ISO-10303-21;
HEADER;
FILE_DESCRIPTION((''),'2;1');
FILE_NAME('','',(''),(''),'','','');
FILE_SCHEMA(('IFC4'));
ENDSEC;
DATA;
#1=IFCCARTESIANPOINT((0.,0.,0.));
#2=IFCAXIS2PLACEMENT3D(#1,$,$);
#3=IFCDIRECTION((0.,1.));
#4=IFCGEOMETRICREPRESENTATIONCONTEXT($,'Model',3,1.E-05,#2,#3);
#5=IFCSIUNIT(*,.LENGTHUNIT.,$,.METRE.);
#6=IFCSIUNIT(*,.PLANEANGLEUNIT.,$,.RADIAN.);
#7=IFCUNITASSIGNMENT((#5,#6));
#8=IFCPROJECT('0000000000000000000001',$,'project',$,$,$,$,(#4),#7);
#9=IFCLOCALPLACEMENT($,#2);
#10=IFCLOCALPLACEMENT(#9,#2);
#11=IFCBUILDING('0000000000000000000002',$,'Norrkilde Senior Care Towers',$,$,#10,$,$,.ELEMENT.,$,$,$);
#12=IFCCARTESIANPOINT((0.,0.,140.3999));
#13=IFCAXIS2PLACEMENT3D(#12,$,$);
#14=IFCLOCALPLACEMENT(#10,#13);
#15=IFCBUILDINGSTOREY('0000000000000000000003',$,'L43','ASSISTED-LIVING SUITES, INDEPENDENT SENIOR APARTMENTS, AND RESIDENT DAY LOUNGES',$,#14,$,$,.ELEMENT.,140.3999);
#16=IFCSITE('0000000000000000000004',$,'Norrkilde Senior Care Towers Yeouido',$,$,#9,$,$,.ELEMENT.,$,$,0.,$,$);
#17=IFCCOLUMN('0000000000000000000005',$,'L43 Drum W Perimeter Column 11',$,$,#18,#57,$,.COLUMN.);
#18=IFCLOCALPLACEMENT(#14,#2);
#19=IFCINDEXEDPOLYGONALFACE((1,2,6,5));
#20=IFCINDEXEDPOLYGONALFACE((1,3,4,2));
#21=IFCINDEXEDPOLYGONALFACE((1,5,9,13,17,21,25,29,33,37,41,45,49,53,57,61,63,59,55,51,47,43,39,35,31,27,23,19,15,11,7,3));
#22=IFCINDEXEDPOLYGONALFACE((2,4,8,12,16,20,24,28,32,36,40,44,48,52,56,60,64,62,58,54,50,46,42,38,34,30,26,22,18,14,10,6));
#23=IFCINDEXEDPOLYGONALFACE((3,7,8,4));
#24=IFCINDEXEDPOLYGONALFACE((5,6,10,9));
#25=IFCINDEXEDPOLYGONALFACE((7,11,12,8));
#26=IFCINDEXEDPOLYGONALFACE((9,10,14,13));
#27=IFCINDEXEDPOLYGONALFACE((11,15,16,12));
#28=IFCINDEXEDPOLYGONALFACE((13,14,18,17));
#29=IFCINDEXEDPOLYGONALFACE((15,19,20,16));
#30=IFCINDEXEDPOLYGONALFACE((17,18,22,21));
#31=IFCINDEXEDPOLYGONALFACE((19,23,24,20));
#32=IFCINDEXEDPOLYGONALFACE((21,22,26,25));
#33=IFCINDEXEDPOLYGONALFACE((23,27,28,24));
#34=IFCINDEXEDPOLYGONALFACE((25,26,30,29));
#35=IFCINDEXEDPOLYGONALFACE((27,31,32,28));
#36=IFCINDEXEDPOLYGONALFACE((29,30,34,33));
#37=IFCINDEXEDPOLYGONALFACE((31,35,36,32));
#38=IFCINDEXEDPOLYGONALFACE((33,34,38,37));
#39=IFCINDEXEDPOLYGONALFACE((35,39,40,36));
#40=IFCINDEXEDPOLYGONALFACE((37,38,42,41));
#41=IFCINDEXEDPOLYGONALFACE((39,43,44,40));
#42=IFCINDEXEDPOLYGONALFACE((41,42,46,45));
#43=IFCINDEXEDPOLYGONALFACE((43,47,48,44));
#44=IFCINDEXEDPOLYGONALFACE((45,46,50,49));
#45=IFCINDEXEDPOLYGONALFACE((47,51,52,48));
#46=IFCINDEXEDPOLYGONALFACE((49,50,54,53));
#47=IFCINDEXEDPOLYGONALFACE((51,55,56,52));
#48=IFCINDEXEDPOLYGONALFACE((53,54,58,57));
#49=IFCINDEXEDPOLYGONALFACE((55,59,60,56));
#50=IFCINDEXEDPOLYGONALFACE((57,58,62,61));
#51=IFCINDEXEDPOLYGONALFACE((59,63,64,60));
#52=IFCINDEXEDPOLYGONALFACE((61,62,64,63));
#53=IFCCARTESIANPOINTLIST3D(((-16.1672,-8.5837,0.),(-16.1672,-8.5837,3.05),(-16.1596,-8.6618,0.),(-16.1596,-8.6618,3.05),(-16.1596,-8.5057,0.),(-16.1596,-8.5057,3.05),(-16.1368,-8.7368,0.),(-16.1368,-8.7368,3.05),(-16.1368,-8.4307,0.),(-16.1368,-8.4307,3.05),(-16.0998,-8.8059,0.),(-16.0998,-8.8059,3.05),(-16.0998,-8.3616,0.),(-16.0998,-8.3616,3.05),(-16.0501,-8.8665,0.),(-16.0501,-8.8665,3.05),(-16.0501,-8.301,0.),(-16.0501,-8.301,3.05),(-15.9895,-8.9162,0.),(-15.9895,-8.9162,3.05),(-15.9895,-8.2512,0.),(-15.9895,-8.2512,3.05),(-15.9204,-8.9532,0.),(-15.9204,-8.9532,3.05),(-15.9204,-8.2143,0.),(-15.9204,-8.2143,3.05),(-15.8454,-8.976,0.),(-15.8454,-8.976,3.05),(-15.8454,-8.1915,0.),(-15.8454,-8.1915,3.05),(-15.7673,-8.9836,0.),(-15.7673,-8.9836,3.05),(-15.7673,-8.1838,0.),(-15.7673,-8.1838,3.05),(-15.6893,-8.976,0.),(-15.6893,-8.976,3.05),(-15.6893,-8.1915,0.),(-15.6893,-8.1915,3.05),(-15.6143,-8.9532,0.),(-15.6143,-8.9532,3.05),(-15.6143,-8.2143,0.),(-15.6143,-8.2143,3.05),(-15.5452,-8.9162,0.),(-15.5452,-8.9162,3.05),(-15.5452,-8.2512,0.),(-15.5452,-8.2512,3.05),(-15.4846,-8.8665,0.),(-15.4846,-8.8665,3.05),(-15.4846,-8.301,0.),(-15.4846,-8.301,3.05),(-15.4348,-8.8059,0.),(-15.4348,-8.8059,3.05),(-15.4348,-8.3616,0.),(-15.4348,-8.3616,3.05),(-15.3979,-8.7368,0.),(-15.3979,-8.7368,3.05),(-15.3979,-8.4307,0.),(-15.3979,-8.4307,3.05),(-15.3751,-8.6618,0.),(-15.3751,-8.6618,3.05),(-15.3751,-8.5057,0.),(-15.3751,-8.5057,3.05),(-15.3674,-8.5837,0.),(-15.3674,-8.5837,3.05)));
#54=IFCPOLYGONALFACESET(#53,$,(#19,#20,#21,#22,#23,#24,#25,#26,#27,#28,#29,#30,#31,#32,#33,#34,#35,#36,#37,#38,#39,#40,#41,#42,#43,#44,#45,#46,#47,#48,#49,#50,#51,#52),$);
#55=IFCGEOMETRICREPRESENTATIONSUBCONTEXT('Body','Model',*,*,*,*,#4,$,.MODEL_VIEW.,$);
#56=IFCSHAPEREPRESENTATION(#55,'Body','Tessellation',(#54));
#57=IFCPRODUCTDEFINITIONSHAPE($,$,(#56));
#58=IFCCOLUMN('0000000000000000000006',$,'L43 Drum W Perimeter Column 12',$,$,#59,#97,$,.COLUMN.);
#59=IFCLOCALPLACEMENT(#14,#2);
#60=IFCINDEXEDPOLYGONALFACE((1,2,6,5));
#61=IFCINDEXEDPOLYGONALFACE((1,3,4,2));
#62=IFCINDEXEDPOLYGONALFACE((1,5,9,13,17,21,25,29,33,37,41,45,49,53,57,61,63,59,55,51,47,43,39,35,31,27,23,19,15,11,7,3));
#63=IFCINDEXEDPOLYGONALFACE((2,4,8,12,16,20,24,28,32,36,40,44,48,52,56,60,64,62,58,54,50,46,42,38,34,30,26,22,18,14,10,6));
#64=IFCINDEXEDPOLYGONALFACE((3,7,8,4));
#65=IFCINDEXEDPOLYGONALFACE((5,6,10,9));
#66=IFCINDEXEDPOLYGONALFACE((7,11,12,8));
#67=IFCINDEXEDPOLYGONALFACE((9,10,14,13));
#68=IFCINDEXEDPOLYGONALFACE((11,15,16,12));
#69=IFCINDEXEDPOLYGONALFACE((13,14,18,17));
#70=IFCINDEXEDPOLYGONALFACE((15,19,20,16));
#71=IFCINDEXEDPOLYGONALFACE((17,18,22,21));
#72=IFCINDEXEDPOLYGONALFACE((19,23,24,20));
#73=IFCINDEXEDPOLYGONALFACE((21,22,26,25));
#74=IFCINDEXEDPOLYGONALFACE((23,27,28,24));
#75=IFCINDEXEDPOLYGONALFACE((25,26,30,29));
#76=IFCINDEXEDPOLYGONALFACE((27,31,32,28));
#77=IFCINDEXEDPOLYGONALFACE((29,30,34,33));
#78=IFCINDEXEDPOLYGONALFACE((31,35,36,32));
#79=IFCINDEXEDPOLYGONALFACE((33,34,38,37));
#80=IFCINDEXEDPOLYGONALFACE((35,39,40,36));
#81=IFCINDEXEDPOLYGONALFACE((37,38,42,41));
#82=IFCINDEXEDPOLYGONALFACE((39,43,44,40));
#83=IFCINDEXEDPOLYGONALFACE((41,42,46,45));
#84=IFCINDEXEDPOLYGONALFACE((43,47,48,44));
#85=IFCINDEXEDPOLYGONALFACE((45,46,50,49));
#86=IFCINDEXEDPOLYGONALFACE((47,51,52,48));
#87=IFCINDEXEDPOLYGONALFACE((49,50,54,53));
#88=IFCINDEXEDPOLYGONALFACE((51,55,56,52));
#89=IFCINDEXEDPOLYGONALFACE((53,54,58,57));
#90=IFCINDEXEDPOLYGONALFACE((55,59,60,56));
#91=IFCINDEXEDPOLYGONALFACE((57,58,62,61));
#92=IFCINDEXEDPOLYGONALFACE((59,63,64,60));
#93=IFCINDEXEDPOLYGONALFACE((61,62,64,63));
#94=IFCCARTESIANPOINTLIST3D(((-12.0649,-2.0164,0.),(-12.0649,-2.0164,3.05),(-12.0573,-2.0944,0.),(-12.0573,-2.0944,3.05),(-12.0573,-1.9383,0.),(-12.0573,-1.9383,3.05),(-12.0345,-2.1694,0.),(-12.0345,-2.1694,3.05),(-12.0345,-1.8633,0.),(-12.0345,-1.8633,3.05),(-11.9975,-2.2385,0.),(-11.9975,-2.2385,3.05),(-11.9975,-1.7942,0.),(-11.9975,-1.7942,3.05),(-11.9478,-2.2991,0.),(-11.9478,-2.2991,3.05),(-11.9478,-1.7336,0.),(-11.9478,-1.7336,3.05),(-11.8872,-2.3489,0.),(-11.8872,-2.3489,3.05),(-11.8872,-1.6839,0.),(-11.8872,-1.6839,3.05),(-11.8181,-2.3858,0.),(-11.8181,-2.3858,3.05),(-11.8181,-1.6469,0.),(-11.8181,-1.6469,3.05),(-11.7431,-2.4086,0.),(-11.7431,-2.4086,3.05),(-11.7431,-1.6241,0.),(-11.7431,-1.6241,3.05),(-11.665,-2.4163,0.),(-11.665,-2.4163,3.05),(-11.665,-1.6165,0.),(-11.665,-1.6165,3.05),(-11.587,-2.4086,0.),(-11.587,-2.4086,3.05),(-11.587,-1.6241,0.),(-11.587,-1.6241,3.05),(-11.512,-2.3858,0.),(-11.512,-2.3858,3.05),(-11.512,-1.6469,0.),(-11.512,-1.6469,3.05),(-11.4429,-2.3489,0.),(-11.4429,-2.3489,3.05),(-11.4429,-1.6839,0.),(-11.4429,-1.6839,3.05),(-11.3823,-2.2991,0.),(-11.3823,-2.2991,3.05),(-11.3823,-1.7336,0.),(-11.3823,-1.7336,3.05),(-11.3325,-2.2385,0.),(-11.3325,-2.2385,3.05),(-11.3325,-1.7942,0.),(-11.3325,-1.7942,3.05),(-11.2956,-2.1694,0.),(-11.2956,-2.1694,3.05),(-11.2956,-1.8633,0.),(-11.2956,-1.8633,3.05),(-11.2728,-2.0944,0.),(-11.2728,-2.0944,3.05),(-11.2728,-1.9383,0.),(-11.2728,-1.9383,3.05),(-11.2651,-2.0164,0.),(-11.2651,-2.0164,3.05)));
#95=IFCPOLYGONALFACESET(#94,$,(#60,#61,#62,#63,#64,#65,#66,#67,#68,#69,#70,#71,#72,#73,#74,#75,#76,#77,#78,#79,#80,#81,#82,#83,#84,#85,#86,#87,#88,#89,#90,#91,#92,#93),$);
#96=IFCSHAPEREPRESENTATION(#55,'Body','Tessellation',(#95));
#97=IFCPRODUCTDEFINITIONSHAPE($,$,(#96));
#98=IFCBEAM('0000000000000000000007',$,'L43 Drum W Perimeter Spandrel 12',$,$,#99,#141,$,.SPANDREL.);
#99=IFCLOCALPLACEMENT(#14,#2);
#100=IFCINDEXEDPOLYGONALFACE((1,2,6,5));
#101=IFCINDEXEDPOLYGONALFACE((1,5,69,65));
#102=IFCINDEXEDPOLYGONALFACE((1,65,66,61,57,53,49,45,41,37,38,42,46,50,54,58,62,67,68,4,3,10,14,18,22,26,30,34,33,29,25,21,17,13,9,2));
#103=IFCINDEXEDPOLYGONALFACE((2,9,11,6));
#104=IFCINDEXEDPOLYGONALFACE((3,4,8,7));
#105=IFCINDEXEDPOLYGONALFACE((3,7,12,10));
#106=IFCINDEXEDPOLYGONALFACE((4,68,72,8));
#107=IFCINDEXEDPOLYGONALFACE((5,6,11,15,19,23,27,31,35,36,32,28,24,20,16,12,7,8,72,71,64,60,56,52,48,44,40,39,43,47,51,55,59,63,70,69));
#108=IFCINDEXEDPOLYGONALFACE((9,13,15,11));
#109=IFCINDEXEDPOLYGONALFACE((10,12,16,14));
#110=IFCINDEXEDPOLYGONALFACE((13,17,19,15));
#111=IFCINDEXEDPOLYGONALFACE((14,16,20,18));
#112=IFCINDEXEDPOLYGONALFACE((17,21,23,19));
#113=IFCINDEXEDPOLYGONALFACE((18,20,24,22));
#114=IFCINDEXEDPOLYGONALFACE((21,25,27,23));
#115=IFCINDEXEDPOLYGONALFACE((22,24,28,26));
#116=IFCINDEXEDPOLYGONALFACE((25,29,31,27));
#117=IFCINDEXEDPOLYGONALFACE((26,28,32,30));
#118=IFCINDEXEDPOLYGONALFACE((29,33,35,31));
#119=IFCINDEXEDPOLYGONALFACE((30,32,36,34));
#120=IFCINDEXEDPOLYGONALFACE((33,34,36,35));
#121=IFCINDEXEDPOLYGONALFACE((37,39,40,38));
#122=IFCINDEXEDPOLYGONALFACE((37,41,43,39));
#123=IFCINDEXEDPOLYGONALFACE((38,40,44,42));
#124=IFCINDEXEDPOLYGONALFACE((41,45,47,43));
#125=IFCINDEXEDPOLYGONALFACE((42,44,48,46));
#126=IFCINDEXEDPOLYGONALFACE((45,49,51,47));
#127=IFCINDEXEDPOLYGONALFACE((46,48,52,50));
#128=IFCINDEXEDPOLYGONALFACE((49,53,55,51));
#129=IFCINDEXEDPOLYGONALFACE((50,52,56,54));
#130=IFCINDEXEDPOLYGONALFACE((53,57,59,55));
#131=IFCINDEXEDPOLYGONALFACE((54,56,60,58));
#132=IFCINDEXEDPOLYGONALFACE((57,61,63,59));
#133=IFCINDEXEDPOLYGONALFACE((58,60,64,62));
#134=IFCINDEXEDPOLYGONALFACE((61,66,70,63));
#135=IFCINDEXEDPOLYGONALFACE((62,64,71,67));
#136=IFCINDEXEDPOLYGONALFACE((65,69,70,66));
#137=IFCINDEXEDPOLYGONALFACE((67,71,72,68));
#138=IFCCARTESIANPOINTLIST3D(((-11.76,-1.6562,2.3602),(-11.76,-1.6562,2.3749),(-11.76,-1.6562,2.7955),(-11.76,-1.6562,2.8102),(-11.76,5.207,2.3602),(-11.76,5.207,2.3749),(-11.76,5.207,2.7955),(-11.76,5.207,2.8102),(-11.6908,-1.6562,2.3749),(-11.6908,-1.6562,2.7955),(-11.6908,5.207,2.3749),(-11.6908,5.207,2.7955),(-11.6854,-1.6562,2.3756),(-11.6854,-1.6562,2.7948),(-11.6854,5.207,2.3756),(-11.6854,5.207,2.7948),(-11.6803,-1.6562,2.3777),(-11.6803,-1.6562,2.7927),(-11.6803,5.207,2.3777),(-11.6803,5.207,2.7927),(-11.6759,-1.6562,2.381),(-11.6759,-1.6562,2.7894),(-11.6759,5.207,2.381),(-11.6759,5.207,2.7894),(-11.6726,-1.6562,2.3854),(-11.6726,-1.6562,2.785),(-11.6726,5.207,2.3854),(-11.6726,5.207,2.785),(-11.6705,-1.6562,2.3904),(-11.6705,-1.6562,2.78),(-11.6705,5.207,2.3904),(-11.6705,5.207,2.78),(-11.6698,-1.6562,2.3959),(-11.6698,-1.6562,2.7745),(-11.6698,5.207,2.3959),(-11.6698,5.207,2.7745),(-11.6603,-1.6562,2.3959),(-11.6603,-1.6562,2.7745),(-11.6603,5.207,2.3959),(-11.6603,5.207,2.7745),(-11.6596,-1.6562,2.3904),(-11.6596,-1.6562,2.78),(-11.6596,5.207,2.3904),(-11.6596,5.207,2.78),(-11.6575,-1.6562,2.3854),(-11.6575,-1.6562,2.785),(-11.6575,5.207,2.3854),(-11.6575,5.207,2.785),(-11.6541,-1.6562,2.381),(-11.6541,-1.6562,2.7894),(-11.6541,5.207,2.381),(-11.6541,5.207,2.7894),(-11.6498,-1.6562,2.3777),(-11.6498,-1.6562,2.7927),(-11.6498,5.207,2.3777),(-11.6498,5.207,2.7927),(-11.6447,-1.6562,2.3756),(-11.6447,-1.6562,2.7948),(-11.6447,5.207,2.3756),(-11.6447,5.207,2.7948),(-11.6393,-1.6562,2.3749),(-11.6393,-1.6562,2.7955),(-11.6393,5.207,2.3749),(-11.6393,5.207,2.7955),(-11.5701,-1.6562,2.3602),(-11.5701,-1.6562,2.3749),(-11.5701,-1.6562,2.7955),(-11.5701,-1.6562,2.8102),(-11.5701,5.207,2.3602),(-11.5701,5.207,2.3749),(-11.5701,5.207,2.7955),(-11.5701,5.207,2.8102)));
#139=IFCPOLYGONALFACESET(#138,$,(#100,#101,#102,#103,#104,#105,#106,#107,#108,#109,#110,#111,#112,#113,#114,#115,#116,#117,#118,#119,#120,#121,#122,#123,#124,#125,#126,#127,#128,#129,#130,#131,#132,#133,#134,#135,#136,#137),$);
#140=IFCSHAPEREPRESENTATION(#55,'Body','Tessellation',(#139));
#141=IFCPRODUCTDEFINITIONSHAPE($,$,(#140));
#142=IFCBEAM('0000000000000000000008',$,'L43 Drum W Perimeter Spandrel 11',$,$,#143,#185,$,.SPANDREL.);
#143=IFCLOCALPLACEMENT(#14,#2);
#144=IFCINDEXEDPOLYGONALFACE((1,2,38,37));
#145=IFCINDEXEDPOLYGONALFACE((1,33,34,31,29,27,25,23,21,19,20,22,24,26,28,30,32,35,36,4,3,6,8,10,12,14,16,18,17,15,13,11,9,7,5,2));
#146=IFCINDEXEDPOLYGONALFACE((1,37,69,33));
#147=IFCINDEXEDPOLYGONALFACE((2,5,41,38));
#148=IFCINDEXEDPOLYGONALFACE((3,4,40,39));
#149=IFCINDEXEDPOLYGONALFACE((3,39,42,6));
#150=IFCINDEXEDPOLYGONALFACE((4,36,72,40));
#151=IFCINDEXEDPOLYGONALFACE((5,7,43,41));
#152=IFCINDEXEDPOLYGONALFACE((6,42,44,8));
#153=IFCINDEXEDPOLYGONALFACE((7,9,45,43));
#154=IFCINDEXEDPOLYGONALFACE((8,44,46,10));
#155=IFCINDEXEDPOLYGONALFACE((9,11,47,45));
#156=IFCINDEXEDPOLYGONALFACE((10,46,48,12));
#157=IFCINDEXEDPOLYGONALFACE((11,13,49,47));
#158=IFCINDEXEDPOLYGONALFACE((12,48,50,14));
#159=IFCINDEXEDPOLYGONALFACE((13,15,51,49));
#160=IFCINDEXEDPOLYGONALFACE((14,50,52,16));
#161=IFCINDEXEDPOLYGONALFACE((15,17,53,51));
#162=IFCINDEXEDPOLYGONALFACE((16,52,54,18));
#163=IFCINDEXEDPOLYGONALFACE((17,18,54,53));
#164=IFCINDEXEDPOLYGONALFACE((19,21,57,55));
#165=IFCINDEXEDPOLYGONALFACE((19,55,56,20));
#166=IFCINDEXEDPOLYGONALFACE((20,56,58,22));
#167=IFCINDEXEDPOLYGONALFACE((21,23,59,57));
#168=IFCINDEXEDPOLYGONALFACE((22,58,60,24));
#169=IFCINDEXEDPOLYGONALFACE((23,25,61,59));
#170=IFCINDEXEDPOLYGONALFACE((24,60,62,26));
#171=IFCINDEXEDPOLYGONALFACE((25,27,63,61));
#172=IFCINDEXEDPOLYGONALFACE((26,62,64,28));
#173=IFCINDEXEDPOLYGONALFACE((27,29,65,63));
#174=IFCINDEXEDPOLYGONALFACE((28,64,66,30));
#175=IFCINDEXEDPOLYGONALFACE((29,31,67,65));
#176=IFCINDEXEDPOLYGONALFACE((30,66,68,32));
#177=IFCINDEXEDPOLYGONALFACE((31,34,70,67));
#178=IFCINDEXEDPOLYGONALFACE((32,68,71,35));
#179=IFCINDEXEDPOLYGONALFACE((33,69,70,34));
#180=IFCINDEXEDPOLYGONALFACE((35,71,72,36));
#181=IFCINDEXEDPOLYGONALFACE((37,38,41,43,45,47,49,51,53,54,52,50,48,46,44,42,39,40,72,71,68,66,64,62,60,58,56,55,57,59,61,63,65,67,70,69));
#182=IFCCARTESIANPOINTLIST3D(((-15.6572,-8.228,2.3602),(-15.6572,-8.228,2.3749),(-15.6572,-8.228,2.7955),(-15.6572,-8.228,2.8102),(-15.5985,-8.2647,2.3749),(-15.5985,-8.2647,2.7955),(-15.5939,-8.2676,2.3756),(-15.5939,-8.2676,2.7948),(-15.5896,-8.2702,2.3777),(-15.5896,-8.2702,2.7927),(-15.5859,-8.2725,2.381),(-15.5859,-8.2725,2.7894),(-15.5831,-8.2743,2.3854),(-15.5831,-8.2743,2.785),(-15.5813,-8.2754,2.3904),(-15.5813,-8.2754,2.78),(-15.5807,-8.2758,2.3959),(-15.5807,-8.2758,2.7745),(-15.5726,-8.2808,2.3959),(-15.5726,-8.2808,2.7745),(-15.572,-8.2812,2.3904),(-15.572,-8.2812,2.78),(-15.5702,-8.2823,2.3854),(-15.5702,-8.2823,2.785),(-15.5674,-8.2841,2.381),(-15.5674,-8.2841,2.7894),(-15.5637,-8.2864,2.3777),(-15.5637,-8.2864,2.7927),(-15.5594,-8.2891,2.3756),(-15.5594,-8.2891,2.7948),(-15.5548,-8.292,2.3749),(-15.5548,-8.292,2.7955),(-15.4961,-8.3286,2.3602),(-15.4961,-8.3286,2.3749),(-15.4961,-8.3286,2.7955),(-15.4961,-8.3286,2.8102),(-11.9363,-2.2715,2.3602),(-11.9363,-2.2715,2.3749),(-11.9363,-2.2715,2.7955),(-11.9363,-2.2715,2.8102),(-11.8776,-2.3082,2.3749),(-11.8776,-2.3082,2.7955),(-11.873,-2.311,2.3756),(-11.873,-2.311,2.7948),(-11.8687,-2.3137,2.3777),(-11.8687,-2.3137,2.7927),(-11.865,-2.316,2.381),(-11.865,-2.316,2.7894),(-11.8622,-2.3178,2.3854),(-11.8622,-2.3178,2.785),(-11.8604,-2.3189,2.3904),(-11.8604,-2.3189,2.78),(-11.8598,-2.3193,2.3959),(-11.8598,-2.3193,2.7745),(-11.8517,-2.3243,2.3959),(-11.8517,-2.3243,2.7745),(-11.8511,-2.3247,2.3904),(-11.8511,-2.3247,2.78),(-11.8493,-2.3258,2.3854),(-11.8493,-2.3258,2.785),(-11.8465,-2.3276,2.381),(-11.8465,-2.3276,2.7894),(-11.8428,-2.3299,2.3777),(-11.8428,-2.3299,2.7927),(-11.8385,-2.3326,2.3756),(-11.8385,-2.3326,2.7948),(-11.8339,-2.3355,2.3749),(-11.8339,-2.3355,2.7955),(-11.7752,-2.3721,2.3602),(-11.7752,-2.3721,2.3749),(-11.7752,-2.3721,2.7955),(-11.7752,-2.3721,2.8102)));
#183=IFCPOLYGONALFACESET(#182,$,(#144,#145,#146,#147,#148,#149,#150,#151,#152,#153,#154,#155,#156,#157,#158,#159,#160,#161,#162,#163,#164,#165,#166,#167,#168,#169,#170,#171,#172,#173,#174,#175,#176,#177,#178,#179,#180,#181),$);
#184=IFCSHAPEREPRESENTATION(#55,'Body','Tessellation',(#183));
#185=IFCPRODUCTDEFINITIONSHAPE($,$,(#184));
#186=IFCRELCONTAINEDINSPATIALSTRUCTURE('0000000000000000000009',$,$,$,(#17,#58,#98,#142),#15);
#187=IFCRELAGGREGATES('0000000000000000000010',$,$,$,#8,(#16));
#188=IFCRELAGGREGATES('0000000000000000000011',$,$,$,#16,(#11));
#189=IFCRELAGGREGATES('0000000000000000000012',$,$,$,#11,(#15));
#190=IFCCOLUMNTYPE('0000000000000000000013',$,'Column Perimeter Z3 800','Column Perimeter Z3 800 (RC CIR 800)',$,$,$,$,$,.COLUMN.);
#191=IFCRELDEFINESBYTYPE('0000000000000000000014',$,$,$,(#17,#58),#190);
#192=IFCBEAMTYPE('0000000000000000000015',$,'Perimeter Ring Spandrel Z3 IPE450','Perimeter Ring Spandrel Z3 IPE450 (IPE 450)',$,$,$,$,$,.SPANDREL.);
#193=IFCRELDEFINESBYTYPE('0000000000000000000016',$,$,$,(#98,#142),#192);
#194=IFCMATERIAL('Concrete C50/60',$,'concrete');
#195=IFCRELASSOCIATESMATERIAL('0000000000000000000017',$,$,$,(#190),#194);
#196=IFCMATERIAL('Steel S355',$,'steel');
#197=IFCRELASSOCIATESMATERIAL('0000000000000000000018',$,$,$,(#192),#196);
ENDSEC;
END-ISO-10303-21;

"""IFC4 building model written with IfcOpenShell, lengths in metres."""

from ifc_helpers import new_model, si_unit, direction, frame, origin, origin_2d, place, context, subcontext, project, spatial, circle, i_section, extrude, source, transform, mapped, material, material_profile, profile_set, type_object, type_shapes, element, save


model = new_model("IFC4")

# Units and contexts
model_context = context("Model", 3, precision=1e-05, world=origin(), true_north=direction((0.0, 1.0)))
body_context = subcontext(model_context, "Body", "Model", "MODEL_VIEW")
ifc_project = project(units=[si_unit("LENGTHUNIT", "METRE"), si_unit("PLANEANGLEUNIT", "RADIAN")], contexts=[model_context])

# Site, building, storey
site_placement = place(None, origin())
site = spatial("IfcSite", under=ifc_project, at=site_placement, Name="Norrkilde Senior Care Towers Yeouido", CompositionType="ELEMENT", RefElevation=0.0)
building_placement = place(site_placement, origin())
building = spatial("IfcBuilding", under=site, at=building_placement, Name="Norrkilde Senior Care Towers", CompositionType="ELEMENT")
storey_placement = place(building_placement, frame((0.0, 0.0, 140.3999)))
storey = spatial("IfcBuildingStorey", under=building, at=storey_placement, Name="L43", Description="ASSISTED-LIVING SUITES, INDEPENDENT SENIOR APARTMENTS, AND RESIDENT DAY LOUNGES", CompositionType="ELEMENT", Elevation=140.3999)

# Columns
ifc_material_1 = material(Name="Concrete C50/60", Category="concrete")
ifc_material_profile_1 = material_profile(ifc_material_1, circle(Radius=0.3999, at=origin_2d()), Name="RC CIR 800")
ifc_profile_set_1 = profile_set([ifc_material_profile_1], Name="Concrete C50/60")
column_type = type_object("IfcColumnType", Name="Column Perimeter Z3 800", Description="Column Perimeter Z3 800 (RC CIR 800)", PredefinedType="COLUMN", material=ifc_profile_set_1)
shared_shape_1 = source(origin(), body_context, "Body", "SweptSolid", [
    extrude(circle(Radius=0.3999, at=origin_2d()), origin(), (0.0, 0.0, 1.0), 3.05),
])
type_shapes(column_type, [shared_shape_1])
for number, where, z_axis, x_axis, name in (
    (1, (-15.7673, -8.5837, 0.0), (0.0, 0.0, 1.0), (1.0, 0.0, 0.0), "L43 Drum W Perimeter Column 11"),
    (2, (-11.665, -2.0164, 0.0), (0.0, 0.0, 1.0), (1.0, 0.0, 0.0), "L43 Drum W Perimeter Column 12"),
):
    element("IfcColumn", number, at=place(storey_placement, frame(where, z_axis=z_axis, x_axis=x_axis)), inside=storey, type_object=column_type, Name=name, PredefinedType="COLUMN", context=body_context, shape_type="MappedRepresentation", body=[
        mapped(shared_shape_1, transform((0.0, 0.0, 0.0), x_axis=(1.0, 0.0, 0.0), y_axis=(0.0, 1.0, 0.0), z_axis=(0.0, 0.0, 1.0), scale=1.0)),
    ])

# Beams
ifc_material_2 = material(Name="Steel S355", Category="steel")
ifc_material_profile_2 = material_profile(ifc_material_2, i_section(OverallWidth=0.1899, OverallDepth=0.45, WebThickness=0.0095, FlangeThickness=0.0146, FilletRadius=0.021, at=origin_2d()), Name="IPE 450")
ifc_profile_set_2 = profile_set([ifc_material_profile_2], Name="Steel S355")
beam_type_1 = type_object("IfcBeamType", Name="Perimeter Ring Spandrel Z3 IPE450", Description="Perimeter Ring Spandrel Z3 IPE450 (IPE 450)", PredefinedType="SPANDREL", material=ifc_profile_set_2)
shared_shape_2 = source(origin(), body_context, "Body", "SweptSolid", [
    extrude(i_section(OverallWidth=0.1899, OverallDepth=0.45, WebThickness=0.0095, FlangeThickness=0.0146, FilletRadius=0.021, at=origin_2d()), origin(), (0.0, 0.0, 1.0), 6.8633),
])
beam_1_placement = place(storey_placement, frame((-11.665, -1.6562, 2.5852), z_axis=(0.0, 1.0, 0.0), x_axis=(-1.0, 0.0, 0.0)))
element("IfcBeam", 3, at=beam_1_placement, inside=storey, type_object=beam_type_1, Name="L43 Drum W Perimeter Spandrel 12", PredefinedType="SPANDREL", context=body_context, shape_type="MappedRepresentation", body=[
    mapped(shared_shape_2, transform((0.0, 0.0, 0.0), x_axis=(1.0, 0.0, 0.0), y_axis=(0.0, 1.0, 0.0), z_axis=(0.0, 0.0, 1.0), scale=1.0)),
])
shared_shape_3 = source(origin(), body_context, "Body", "SweptSolid", [
    extrude(i_section(OverallWidth=0.1899, OverallDepth=0.45, WebThickness=0.0095, FlangeThickness=0.0146, FilletRadius=0.021, at=origin_2d()), origin(), (0.0, 0.0, 1.0), 7.0232),
])
type_shapes(beam_type_1, [shared_shape_2, shared_shape_3])
beam_2_placement = place(storey_placement, frame((-15.5767, -8.2783, 2.5852), z_axis=(0.529805, 0.848119, 0.0), x_axis=(-0.848119, 0.529805, 0.0)))
element("IfcBeam", 4, at=beam_2_placement, inside=storey, type_object=beam_type_1, Name="L43 Drum W Perimeter Spandrel 11", PredefinedType="SPANDREL", context=body_context, shape_type="MappedRepresentation", body=[
    mapped(shared_shape_3, transform((0.0, 0.0, 0.0), x_axis=(1.0, 0.0, 0.0), y_axis=(0.0, 1.0, 0.0), z_axis=(0.0, 0.0, 1.0), scale=1.0)),
])

save(model, "model.ifc")
